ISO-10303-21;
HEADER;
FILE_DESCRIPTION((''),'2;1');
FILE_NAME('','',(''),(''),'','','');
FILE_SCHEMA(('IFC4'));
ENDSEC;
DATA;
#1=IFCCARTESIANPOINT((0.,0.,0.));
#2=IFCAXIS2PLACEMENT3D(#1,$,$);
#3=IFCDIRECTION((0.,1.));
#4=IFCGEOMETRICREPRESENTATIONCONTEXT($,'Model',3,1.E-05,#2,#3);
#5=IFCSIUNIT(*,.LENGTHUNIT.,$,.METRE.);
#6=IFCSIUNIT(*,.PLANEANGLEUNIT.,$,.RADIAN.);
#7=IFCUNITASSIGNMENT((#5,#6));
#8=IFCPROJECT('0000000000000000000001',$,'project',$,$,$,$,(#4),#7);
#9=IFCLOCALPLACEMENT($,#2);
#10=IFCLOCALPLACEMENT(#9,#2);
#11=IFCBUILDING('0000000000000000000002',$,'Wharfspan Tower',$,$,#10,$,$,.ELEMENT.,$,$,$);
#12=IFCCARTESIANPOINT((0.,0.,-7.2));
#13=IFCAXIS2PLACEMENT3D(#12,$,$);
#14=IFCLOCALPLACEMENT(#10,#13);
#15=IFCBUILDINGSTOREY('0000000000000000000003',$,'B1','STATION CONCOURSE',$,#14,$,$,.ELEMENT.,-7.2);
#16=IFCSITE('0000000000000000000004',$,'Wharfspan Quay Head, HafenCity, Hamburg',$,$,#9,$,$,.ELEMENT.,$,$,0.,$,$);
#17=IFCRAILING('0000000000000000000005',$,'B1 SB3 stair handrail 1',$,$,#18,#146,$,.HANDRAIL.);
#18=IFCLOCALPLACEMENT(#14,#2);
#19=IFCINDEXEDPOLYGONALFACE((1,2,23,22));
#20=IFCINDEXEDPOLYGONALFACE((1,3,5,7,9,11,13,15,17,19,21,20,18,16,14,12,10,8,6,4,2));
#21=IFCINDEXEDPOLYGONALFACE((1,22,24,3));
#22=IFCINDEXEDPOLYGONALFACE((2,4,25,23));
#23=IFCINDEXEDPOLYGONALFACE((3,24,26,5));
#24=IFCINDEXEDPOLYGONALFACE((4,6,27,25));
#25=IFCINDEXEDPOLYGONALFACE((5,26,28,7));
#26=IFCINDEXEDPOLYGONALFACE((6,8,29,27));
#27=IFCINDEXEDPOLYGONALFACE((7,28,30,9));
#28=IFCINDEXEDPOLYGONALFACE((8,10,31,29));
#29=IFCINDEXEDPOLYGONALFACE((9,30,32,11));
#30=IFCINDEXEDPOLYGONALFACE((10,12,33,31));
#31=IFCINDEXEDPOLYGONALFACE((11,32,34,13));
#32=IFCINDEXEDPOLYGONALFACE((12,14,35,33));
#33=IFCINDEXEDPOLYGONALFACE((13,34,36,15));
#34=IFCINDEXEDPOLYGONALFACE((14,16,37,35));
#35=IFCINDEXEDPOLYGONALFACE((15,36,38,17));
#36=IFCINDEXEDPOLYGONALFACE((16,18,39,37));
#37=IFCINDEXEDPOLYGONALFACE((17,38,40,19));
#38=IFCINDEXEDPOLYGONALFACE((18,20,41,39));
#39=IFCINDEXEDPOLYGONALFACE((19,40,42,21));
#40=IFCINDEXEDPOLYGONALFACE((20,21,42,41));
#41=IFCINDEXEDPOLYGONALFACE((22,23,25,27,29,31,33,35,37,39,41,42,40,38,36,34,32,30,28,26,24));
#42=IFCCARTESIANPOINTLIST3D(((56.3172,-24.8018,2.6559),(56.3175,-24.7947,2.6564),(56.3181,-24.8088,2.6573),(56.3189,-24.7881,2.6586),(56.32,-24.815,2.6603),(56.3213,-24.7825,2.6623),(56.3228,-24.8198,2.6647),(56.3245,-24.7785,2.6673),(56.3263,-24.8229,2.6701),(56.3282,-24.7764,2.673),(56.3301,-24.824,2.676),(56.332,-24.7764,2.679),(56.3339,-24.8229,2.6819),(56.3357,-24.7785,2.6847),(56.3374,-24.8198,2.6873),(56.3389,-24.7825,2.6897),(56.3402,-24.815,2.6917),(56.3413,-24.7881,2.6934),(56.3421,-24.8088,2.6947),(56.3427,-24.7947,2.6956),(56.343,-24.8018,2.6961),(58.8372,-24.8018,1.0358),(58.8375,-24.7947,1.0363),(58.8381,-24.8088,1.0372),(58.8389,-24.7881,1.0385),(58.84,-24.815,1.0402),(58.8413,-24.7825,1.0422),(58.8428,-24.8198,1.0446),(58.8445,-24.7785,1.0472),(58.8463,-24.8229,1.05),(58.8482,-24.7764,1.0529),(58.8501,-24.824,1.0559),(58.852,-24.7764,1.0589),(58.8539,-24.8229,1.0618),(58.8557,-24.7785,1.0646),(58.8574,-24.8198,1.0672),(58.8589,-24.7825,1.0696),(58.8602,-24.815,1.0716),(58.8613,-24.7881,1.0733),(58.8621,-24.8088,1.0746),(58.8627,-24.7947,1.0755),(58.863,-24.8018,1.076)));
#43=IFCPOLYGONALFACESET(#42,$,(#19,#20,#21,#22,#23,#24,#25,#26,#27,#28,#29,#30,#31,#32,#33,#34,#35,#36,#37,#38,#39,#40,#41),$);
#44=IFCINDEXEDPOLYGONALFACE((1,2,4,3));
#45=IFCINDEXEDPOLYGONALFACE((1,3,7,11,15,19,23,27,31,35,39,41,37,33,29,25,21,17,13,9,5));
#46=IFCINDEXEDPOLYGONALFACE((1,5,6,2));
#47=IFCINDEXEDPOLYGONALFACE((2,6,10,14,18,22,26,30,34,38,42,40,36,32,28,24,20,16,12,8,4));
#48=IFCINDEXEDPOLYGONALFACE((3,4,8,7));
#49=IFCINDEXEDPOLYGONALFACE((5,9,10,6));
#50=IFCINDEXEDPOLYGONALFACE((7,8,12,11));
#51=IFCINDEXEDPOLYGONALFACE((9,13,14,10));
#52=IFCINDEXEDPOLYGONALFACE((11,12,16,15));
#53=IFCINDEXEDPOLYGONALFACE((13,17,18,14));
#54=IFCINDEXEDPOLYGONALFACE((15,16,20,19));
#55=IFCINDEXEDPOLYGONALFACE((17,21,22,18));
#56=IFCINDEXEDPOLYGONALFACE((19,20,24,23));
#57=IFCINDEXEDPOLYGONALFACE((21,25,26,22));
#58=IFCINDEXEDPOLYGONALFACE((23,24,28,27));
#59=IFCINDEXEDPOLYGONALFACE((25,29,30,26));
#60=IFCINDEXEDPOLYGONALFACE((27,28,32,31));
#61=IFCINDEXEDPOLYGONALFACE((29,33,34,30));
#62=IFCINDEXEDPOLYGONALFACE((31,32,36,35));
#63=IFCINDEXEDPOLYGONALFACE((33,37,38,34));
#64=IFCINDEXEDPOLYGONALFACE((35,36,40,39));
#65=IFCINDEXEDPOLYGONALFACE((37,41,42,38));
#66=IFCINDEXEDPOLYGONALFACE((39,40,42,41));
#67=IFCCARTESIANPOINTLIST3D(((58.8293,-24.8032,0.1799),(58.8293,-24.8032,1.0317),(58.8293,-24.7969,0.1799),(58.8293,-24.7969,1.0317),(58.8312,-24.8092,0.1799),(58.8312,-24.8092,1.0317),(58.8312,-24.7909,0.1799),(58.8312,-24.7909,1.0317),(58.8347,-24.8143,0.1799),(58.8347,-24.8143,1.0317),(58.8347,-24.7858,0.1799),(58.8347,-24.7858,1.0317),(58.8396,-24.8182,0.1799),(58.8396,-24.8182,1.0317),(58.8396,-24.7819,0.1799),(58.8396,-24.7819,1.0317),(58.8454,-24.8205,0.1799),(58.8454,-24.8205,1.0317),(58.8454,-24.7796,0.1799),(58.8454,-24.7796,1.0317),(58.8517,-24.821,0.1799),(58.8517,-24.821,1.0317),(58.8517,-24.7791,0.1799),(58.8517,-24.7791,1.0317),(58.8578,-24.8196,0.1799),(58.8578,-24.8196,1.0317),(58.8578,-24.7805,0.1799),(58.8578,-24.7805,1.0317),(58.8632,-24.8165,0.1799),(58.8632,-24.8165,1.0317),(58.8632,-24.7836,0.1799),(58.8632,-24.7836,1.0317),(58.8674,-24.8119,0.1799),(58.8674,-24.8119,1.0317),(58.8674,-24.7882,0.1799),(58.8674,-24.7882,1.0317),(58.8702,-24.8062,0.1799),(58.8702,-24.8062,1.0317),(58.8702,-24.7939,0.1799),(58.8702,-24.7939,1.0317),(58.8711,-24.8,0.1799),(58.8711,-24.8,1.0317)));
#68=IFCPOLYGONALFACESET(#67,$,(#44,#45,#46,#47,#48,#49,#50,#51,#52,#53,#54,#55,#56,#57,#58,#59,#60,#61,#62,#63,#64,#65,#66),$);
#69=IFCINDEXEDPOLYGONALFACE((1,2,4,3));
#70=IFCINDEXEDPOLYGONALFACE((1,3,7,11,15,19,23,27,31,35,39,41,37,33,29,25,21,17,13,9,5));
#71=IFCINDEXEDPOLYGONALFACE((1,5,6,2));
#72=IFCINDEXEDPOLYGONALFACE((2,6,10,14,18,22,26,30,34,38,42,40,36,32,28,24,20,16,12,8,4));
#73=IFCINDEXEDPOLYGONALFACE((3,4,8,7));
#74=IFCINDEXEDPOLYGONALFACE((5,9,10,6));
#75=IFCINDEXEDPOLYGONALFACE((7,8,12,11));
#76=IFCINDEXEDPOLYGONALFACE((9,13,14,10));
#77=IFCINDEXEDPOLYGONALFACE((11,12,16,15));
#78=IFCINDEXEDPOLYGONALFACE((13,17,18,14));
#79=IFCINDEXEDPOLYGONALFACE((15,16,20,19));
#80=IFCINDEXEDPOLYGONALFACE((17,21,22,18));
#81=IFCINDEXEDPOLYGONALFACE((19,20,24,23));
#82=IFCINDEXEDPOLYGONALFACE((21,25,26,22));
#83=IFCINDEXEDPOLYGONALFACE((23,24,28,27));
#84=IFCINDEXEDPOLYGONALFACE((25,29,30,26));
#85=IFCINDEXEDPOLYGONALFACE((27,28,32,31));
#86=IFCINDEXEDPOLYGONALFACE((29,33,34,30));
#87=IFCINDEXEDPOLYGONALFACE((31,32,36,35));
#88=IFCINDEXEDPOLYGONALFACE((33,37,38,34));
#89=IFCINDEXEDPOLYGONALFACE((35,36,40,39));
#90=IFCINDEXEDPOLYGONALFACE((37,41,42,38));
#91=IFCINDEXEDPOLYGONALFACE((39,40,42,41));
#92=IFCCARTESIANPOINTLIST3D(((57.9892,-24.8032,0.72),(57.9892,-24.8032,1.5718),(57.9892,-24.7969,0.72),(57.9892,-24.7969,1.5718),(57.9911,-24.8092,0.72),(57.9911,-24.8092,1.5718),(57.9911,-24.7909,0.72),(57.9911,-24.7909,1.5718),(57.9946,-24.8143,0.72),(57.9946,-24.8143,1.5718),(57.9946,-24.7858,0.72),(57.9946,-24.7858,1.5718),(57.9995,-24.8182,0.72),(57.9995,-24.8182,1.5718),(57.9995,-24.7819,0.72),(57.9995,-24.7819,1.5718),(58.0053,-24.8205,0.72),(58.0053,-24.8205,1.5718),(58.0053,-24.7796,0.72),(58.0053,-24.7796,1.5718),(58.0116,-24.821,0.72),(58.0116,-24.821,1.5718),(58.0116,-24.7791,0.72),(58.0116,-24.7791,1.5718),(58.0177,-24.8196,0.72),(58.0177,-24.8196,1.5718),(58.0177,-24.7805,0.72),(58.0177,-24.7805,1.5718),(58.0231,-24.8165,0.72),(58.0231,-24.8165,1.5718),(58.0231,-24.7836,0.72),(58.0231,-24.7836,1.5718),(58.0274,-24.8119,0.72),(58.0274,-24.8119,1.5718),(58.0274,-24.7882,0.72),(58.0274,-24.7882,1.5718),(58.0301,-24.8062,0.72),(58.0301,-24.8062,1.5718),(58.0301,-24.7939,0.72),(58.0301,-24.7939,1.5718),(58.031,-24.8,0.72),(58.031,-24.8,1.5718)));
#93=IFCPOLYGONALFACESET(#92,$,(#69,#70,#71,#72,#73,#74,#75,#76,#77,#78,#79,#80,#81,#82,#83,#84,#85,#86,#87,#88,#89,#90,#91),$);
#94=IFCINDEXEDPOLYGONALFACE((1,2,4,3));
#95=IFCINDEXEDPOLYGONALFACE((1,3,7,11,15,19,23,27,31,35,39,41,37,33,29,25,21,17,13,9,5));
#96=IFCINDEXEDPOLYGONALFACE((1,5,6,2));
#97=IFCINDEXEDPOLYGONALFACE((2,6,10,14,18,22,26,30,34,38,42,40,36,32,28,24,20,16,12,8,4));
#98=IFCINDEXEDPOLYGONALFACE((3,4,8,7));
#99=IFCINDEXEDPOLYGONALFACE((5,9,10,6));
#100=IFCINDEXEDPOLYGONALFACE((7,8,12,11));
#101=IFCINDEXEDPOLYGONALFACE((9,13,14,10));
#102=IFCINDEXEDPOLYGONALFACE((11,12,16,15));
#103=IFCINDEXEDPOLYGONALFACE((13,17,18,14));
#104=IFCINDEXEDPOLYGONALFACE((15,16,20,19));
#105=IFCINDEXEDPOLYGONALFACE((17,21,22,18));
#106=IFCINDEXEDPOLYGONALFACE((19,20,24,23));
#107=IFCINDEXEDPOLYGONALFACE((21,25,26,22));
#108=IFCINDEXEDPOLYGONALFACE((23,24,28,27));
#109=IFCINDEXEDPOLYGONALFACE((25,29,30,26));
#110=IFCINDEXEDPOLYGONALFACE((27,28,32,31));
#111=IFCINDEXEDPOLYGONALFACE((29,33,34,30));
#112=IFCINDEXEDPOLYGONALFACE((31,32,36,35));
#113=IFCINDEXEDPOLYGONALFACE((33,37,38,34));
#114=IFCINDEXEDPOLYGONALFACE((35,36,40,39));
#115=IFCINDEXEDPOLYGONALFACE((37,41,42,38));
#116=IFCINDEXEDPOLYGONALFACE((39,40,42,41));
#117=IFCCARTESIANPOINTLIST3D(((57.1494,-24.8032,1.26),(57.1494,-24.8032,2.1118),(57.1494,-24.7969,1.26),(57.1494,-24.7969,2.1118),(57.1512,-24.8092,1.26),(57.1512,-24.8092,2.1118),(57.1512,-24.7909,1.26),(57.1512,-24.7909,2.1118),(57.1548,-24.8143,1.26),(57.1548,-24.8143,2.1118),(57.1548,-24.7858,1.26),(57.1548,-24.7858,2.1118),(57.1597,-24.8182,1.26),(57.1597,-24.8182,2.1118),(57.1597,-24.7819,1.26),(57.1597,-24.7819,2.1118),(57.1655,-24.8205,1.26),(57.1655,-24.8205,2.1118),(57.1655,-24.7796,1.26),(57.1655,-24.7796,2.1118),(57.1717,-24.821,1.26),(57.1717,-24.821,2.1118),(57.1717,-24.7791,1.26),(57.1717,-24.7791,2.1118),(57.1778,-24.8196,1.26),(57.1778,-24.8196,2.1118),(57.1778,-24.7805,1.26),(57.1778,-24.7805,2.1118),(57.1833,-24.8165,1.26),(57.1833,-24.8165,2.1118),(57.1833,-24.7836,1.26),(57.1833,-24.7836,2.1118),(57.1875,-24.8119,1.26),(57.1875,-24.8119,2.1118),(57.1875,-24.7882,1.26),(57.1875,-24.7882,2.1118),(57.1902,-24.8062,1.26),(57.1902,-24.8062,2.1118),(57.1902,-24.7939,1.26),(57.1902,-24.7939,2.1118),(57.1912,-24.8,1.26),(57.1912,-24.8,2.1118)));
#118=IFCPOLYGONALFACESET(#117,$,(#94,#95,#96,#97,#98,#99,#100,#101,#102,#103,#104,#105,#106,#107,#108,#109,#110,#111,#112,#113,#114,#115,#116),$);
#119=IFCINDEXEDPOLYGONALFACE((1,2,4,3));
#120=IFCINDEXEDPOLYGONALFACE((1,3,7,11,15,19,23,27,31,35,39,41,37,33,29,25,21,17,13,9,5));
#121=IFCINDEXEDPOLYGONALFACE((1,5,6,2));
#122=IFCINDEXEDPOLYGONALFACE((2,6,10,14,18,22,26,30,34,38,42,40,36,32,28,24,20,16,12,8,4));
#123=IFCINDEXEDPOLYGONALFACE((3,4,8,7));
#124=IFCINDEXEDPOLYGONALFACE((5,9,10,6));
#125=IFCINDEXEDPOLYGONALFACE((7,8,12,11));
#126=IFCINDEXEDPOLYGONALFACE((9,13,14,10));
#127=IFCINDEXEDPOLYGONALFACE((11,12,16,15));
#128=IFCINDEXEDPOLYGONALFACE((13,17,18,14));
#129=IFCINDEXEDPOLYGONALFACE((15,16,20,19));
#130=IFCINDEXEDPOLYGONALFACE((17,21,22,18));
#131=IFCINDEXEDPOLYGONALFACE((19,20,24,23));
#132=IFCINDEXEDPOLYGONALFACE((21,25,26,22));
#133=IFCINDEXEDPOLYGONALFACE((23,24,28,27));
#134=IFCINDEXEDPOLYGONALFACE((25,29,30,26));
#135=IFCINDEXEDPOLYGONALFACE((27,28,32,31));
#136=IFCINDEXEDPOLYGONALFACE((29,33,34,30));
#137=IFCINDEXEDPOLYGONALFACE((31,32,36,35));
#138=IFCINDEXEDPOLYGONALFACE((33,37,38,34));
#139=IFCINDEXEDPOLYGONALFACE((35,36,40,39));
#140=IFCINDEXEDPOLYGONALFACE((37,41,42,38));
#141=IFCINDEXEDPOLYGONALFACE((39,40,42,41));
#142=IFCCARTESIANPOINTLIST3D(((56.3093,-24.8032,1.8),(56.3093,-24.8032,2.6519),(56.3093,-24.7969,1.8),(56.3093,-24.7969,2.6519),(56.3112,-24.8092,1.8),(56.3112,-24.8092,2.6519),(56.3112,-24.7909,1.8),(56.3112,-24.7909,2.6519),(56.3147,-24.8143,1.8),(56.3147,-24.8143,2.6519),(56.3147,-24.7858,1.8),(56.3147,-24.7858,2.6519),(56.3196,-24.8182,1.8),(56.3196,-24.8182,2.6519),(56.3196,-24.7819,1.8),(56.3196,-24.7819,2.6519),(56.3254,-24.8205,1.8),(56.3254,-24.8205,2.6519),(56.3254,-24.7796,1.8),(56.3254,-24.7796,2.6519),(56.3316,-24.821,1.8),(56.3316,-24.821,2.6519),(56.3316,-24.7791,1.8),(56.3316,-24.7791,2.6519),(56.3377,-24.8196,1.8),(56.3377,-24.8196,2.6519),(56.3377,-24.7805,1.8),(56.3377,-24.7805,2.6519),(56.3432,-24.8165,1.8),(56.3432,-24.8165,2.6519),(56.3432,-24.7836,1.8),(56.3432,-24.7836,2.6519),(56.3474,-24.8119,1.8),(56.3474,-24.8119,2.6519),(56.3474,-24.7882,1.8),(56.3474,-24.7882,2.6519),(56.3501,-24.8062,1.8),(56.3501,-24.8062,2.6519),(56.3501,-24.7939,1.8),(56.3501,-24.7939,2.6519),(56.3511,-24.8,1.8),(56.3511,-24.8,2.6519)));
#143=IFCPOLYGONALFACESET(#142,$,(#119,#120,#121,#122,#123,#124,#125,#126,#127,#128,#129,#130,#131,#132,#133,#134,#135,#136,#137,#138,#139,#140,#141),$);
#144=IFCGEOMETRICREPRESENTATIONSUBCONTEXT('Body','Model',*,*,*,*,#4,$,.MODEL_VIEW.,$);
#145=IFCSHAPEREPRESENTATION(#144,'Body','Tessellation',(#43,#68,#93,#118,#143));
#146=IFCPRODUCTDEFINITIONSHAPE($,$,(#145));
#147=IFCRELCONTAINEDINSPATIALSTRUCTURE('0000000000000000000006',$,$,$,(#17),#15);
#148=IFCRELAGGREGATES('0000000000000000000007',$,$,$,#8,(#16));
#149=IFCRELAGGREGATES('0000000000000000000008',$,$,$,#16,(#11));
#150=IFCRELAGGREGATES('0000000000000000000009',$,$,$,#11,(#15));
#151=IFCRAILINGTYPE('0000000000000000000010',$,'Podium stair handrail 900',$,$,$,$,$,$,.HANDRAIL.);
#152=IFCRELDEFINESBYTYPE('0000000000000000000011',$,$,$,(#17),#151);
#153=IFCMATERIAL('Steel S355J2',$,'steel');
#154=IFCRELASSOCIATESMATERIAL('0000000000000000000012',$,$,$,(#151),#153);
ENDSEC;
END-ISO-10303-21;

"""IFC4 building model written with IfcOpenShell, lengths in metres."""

from ifc_helpers import new_model, si_unit, direction, frame, origin, origin_2d, place, context, subcontext, project, spatial, circle, extrude, material, type_object, element, save


model = new_model("IFC4")

# Units and contexts
model_context = context("Model", 3, precision=1e-05, world=origin(), true_north=direction((0.0, 1.0)))
body_context = subcontext(model_context, "Body", "Model", "MODEL_VIEW")
ifc_project = project(units=[si_unit("LENGTHUNIT", "METRE"), si_unit("PLANEANGLEUNIT", "RADIAN")], contexts=[model_context])

# Site, building, storey
site_placement = place(None, origin())
site = spatial("IfcSite", under=ifc_project, at=site_placement, Name="Wharfspan Quay Head, HafenCity, Hamburg", CompositionType="ELEMENT", RefElevation=0.0)
building_placement = place(site_placement, origin())
building = spatial("IfcBuilding", under=site, at=building_placement, Name="Wharfspan Tower", CompositionType="ELEMENT")
storey_placement = place(building_placement, frame((0.0, 0.0, -7.2)))
storey = spatial("IfcBuildingStorey", under=building, at=storey_placement, Name="B1", Description="STATION CONCOURSE", CompositionType="ELEMENT", Elevation=-7.2)

# Railing
ifc_material_1 = material(Name="Steel S355J2", Category="steel")
railing_type_1 = type_object("IfcRailingType", Name="Podium stair handrail 900", PredefinedType="HANDRAIL", material=ifc_material_1)
railing_1_placement = place(storey_placement, frame((58.8501, -24.8, 0.1799)))
element("IfcRailing", 1, at=railing_1_placement, inside=storey, type_object=railing_type_1, Name="B1 SB3 stair handrail 1", PredefinedType="HANDRAIL", context=body_context, shape_type="SweptSolid", body=[
    extrude(circle(Radius=0.0239, at=origin_2d()), frame((0.0, 0.0, 0.876), z_axis=(-0.841163, 0.0, 0.540782), x_axis=(0.0, -1.0, 0.0)), (0.0, 0.0, 1.0), 2.9958),
    extrude(circle(Radius=0.021, at=origin_2d()), origin(), (0.0, 0.0, 1.0), 0.8518),
    extrude(circle(Radius=0.021, at=origin_2d()), frame((-0.8401, 0.0, 0.54)), (0.0, 0.0, 1.0), 0.8518),
    extrude(circle(Radius=0.021, at=origin_2d()), frame((-1.6799, 0.0, 1.0801)), (0.0, 0.0, 1.0), 0.8518),
    extrude(circle(Radius=0.021, at=origin_2d()), frame((-2.52, 0.0, 1.6201)), (0.0, 0.0, 1.0), 0.8518),
])

save(model, "model.ifc")
